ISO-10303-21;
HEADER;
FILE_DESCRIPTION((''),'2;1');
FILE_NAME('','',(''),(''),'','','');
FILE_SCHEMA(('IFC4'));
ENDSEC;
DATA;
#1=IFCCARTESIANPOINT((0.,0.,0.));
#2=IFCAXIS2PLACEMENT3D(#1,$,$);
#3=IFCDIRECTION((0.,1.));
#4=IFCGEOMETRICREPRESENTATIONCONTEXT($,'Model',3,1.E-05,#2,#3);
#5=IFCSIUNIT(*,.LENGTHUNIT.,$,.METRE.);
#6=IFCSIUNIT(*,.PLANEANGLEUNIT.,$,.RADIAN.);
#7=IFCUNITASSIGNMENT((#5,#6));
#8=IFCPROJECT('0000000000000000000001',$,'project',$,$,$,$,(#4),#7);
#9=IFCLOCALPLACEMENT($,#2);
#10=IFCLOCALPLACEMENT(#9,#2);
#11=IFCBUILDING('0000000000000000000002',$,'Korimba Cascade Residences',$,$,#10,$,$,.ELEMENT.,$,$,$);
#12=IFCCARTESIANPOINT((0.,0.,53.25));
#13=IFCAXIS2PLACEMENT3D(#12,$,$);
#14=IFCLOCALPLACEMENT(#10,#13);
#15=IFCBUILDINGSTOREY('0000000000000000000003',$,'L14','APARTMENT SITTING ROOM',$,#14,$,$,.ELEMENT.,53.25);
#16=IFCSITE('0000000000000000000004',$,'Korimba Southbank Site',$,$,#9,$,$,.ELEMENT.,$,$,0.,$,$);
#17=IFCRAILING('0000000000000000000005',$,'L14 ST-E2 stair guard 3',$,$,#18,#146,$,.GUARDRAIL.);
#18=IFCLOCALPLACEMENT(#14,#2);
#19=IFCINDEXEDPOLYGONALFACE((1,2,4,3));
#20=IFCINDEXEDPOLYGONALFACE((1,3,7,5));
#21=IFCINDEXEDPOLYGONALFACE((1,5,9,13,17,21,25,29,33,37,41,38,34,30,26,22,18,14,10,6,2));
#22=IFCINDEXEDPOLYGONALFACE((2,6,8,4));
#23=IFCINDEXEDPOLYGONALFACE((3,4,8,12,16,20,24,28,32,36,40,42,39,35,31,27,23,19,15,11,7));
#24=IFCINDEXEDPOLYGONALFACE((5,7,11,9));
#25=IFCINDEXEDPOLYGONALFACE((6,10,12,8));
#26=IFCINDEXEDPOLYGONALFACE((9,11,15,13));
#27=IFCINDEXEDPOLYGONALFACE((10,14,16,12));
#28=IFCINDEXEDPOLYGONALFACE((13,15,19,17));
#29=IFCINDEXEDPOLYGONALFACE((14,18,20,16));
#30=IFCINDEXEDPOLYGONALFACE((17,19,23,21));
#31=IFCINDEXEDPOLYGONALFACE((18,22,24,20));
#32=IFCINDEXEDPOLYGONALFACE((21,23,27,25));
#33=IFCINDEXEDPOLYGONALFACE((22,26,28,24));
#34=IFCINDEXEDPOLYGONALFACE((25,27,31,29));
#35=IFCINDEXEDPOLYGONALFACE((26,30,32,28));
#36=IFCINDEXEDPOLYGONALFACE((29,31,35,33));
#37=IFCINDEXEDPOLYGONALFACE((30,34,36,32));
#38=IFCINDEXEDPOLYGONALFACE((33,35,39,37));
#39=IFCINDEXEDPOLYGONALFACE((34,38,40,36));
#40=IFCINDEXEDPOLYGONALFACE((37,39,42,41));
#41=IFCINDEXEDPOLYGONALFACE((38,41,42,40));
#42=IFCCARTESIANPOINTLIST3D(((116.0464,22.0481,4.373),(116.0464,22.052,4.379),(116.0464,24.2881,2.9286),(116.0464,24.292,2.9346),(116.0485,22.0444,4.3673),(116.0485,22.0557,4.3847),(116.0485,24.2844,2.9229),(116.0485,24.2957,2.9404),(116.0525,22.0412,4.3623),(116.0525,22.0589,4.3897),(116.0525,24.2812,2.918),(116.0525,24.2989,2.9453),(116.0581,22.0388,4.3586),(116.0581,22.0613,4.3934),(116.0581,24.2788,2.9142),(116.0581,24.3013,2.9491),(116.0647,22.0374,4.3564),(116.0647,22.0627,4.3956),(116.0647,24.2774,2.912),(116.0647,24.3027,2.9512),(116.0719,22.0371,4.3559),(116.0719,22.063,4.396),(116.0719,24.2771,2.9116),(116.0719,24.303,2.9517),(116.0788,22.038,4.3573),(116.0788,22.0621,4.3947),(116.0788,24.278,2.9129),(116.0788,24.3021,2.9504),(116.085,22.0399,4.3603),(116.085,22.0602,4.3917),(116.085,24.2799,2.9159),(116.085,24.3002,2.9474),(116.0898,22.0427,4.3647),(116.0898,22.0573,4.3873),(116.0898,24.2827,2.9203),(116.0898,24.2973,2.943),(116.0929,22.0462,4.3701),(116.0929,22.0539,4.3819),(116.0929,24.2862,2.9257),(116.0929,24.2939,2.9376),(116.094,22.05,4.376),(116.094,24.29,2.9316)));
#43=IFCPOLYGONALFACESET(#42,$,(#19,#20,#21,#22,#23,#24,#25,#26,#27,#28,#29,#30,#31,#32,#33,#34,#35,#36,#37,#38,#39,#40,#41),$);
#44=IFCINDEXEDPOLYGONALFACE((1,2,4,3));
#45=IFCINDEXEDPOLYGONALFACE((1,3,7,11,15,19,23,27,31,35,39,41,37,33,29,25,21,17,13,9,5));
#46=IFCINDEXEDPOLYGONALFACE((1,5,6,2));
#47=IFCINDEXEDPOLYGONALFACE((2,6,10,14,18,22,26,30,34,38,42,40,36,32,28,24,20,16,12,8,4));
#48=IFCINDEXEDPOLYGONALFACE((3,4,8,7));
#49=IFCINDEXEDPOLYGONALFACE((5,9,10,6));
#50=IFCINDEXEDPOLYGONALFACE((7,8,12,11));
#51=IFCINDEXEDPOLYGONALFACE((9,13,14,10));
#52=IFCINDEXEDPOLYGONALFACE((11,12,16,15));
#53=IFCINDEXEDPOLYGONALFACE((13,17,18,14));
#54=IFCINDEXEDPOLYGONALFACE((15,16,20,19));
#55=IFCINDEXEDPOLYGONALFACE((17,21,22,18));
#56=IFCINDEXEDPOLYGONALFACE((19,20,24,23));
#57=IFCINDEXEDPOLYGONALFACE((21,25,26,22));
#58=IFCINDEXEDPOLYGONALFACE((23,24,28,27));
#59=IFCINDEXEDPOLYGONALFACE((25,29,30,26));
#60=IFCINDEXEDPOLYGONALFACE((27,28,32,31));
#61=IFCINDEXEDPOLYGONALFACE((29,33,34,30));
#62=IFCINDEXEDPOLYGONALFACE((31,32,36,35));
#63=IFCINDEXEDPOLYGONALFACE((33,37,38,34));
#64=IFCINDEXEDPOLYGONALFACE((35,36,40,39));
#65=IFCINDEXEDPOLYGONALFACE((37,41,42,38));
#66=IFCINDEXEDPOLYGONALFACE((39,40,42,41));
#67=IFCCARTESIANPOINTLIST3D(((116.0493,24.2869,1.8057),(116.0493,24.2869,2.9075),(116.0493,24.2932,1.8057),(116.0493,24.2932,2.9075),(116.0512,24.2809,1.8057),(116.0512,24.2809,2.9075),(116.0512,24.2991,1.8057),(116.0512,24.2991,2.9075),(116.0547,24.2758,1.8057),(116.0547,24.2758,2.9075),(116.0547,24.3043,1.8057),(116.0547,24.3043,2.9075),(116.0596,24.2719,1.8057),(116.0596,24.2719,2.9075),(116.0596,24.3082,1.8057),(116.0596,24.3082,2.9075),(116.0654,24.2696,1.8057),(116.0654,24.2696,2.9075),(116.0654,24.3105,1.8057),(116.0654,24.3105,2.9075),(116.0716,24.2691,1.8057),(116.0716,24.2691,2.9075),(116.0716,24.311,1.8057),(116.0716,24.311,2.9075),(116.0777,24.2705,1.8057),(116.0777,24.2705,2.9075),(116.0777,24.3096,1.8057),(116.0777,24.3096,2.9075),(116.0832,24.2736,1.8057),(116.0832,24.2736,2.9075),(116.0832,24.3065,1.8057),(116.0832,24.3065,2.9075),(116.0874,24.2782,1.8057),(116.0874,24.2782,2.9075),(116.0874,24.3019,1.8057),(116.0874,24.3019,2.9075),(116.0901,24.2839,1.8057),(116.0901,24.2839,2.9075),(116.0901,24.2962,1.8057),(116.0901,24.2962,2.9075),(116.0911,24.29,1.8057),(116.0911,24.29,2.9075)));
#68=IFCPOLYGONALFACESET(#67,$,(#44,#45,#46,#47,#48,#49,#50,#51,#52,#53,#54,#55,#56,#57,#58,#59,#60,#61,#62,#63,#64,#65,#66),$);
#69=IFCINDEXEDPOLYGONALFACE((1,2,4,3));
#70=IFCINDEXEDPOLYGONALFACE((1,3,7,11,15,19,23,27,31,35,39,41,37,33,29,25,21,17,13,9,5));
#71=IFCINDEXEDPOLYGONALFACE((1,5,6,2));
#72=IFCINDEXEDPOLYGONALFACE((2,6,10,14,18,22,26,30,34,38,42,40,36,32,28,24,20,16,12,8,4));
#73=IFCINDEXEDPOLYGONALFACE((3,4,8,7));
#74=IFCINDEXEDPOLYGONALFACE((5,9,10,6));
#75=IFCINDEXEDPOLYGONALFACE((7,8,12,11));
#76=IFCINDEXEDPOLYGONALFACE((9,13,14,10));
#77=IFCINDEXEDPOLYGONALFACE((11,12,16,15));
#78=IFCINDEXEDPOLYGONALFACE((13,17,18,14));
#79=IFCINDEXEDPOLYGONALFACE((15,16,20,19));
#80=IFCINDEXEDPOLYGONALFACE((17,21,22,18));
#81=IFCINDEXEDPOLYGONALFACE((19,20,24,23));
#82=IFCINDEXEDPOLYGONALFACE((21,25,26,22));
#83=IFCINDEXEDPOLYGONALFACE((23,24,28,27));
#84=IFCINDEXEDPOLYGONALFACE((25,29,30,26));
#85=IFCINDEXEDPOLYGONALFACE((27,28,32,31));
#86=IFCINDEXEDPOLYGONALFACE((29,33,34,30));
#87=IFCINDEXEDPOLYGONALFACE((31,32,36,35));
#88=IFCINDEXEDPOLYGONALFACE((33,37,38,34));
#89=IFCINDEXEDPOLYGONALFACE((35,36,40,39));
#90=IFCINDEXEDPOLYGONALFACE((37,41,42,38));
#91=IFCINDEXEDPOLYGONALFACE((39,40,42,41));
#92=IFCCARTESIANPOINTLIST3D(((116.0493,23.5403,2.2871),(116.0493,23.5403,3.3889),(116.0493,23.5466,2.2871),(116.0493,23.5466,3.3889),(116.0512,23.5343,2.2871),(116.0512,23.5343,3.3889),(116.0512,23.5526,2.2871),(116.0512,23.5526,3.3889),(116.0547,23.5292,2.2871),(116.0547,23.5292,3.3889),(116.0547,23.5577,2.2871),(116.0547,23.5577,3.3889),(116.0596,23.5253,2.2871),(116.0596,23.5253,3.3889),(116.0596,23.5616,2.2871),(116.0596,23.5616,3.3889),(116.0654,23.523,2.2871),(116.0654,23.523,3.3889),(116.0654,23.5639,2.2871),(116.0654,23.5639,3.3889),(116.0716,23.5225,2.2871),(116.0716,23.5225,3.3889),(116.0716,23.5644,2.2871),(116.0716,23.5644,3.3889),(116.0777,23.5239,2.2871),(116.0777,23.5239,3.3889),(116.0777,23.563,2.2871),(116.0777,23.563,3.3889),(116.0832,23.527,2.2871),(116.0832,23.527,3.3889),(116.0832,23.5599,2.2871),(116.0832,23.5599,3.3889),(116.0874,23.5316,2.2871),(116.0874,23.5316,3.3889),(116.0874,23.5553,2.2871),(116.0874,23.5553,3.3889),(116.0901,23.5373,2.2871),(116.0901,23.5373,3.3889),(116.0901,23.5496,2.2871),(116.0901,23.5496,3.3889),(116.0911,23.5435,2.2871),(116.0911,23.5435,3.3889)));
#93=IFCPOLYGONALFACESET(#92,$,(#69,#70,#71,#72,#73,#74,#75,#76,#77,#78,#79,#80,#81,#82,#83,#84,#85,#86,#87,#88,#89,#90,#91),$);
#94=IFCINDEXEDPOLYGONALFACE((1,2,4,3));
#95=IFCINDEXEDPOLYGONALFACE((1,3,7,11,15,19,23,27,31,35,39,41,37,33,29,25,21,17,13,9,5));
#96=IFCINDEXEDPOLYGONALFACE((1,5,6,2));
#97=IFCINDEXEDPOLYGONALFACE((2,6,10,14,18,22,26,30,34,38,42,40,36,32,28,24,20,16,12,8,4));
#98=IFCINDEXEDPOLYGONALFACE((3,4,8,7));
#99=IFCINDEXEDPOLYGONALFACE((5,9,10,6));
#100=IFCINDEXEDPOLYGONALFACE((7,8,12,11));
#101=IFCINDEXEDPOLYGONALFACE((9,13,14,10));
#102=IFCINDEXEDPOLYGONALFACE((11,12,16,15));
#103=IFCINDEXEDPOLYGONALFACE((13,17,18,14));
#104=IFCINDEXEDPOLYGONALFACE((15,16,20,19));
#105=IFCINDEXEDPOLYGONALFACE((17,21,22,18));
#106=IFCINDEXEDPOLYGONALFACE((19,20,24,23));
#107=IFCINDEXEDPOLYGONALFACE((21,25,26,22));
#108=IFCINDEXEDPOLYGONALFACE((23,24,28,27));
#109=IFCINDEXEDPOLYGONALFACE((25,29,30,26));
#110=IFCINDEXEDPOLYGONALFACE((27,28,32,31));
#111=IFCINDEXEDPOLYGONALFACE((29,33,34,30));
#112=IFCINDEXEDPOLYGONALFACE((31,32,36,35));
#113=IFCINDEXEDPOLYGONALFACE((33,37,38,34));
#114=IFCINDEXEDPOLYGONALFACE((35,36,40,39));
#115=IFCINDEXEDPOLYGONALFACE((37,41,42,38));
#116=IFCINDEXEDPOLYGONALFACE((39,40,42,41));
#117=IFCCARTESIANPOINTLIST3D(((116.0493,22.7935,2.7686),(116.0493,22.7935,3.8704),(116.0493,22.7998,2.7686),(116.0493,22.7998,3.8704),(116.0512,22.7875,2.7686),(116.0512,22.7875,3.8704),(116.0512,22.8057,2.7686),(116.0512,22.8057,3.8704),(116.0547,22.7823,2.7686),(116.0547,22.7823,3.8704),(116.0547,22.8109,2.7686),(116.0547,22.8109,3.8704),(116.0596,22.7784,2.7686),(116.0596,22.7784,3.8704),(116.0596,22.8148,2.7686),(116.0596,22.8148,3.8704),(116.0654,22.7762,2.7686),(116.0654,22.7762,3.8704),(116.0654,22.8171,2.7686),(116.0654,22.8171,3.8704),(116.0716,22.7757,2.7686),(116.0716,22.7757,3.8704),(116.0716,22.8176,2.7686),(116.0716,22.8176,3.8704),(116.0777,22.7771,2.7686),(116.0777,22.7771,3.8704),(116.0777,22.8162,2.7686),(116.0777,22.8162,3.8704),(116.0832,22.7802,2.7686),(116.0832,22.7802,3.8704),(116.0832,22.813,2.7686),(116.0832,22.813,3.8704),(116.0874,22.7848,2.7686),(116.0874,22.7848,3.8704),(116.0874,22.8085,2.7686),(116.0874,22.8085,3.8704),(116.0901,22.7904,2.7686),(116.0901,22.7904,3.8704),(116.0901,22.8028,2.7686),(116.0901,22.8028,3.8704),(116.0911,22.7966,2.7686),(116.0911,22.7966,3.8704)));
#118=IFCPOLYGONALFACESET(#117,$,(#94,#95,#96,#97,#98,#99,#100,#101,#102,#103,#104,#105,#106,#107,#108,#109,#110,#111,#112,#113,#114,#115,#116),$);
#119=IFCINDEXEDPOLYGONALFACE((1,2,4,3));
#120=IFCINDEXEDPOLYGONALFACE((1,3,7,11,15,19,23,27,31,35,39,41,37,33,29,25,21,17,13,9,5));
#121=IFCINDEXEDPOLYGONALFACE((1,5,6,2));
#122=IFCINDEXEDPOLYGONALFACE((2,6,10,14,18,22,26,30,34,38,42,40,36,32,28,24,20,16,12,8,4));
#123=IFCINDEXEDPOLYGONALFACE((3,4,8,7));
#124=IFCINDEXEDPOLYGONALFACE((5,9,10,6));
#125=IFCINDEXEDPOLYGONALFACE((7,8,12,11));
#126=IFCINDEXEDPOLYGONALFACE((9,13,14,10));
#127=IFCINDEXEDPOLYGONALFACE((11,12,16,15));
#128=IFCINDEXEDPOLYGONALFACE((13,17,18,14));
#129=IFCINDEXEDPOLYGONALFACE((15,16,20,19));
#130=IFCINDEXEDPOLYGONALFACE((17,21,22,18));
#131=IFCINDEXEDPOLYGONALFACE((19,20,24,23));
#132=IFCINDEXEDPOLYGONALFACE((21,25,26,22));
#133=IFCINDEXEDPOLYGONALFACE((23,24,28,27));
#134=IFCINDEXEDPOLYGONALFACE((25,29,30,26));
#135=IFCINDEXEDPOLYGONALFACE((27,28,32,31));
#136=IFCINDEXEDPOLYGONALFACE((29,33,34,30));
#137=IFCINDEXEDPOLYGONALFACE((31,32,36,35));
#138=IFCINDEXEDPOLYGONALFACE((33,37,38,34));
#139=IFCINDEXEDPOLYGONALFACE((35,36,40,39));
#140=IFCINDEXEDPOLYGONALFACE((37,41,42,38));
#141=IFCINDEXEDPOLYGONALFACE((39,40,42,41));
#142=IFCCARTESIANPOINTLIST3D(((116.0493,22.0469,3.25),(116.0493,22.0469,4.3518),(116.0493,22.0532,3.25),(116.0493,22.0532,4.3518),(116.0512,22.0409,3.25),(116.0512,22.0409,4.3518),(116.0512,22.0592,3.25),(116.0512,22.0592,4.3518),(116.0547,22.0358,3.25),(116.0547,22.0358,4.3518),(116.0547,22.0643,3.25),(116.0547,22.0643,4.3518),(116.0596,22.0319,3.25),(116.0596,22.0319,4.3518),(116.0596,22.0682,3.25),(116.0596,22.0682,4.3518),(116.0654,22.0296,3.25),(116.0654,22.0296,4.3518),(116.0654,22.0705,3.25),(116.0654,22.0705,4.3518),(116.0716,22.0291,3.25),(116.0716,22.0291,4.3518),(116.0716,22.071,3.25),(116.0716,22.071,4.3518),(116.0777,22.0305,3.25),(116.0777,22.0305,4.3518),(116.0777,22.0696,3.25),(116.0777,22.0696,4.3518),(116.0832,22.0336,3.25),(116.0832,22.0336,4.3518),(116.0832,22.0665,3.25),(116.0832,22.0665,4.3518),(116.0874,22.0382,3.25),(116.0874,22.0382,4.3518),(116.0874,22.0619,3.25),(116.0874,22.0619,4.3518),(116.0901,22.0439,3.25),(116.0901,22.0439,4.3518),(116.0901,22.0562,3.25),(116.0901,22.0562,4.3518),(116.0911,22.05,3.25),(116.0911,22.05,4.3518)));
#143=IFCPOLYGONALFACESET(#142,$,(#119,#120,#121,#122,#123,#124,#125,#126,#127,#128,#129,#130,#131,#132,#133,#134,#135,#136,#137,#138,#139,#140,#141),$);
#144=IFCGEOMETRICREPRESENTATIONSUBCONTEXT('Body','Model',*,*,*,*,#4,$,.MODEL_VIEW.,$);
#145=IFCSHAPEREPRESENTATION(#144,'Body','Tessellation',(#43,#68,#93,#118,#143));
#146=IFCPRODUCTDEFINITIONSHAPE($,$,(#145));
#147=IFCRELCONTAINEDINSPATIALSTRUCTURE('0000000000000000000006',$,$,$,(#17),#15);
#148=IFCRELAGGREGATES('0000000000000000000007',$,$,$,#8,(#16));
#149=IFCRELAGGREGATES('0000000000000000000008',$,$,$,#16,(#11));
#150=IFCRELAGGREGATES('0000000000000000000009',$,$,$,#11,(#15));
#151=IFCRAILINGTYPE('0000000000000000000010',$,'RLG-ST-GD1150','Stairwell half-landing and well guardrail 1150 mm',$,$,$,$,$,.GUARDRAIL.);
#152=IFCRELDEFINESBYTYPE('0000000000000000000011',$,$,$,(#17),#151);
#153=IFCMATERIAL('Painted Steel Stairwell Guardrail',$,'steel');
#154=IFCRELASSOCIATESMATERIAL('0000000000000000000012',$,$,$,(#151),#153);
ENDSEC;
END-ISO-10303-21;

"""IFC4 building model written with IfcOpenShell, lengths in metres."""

from ifc_helpers import new_model, si_unit, direction, frame, origin, origin_2d, place, context, subcontext, project, spatial, circle, extrude, material, type_object, element, save


model = new_model("IFC4")

# Units and contexts
model_context = context("Model", 3, precision=1e-05, world=origin(), true_north=direction((0.0, 1.0)))
body_context = subcontext(model_context, "Body", "Model", "MODEL_VIEW")
ifc_project = project(units=[si_unit("LENGTHUNIT", "METRE"), si_unit("PLANEANGLEUNIT", "RADIAN")], contexts=[model_context])

# Site, building, storey
site_placement = place(None, origin())
site = spatial("IfcSite", under=ifc_project, at=site_placement, Name="Korimba Southbank Site", CompositionType="ELEMENT", RefElevation=0.0)
building_placement = place(site_placement, origin())
building = spatial("IfcBuilding", under=site, at=building_placement, Name="Korimba Cascade Residences", CompositionType="ELEMENT")
storey_placement = place(building_placement, frame((0.0, 0.0, 53.25)))
storey = spatial("IfcBuildingStorey", under=building, at=storey_placement, Name="L14", Description="APARTMENT SITTING ROOM", CompositionType="ELEMENT", Elevation=53.25)

# Railing
ifc_material_1 = material(Name="Painted Steel Stairwell Guardrail", Category="steel")
railing_type_1 = type_object("IfcRailingType", Name="RLG-ST-GD1150", Description="Stairwell half-landing and well guardrail 1150 mm", PredefinedType="GUARDRAIL", material=ifc_material_1)
railing_1_placement = place(storey_placement, frame((116.0701, 24.29, 1.8057)))
element("IfcRailing", 1, at=railing_1_placement, inside=storey, type_object=railing_type_1, Name="L14 ST-E2 stair guard 3", PredefinedType="GUARDRAIL", context=body_context, shape_type="SweptSolid", body=[
    extrude(circle(Radius=0.0239, at=origin_2d()), frame((0.0, 0.0, 1.126), z_axis=(0.0, -0.840437, 0.54191), x_axis=(1.0, 0.0, 0.0)), (0.0, 0.0, 1.0), 2.6653),
    extrude(circle(Radius=0.021, at=origin_2d()), origin(), (0.0, 0.0, 1.0), 1.1018),
    extrude(circle(Radius=0.021, at=origin_2d()), frame((0.0, -0.7466, 0.4814)), (0.0, 0.0, 1.0), 1.1018),
    extrude(circle(Radius=0.021, at=origin_2d()), frame((0.0, -1.4934, 0.9629)), (0.0, 0.0, 1.0), 1.1018),
    extrude(circle(Radius=0.021, at=origin_2d()), frame((0.0, -2.24, 1.4443)), (0.0, 0.0, 1.0), 1.1018),
])

save(model, "model.ifc")
